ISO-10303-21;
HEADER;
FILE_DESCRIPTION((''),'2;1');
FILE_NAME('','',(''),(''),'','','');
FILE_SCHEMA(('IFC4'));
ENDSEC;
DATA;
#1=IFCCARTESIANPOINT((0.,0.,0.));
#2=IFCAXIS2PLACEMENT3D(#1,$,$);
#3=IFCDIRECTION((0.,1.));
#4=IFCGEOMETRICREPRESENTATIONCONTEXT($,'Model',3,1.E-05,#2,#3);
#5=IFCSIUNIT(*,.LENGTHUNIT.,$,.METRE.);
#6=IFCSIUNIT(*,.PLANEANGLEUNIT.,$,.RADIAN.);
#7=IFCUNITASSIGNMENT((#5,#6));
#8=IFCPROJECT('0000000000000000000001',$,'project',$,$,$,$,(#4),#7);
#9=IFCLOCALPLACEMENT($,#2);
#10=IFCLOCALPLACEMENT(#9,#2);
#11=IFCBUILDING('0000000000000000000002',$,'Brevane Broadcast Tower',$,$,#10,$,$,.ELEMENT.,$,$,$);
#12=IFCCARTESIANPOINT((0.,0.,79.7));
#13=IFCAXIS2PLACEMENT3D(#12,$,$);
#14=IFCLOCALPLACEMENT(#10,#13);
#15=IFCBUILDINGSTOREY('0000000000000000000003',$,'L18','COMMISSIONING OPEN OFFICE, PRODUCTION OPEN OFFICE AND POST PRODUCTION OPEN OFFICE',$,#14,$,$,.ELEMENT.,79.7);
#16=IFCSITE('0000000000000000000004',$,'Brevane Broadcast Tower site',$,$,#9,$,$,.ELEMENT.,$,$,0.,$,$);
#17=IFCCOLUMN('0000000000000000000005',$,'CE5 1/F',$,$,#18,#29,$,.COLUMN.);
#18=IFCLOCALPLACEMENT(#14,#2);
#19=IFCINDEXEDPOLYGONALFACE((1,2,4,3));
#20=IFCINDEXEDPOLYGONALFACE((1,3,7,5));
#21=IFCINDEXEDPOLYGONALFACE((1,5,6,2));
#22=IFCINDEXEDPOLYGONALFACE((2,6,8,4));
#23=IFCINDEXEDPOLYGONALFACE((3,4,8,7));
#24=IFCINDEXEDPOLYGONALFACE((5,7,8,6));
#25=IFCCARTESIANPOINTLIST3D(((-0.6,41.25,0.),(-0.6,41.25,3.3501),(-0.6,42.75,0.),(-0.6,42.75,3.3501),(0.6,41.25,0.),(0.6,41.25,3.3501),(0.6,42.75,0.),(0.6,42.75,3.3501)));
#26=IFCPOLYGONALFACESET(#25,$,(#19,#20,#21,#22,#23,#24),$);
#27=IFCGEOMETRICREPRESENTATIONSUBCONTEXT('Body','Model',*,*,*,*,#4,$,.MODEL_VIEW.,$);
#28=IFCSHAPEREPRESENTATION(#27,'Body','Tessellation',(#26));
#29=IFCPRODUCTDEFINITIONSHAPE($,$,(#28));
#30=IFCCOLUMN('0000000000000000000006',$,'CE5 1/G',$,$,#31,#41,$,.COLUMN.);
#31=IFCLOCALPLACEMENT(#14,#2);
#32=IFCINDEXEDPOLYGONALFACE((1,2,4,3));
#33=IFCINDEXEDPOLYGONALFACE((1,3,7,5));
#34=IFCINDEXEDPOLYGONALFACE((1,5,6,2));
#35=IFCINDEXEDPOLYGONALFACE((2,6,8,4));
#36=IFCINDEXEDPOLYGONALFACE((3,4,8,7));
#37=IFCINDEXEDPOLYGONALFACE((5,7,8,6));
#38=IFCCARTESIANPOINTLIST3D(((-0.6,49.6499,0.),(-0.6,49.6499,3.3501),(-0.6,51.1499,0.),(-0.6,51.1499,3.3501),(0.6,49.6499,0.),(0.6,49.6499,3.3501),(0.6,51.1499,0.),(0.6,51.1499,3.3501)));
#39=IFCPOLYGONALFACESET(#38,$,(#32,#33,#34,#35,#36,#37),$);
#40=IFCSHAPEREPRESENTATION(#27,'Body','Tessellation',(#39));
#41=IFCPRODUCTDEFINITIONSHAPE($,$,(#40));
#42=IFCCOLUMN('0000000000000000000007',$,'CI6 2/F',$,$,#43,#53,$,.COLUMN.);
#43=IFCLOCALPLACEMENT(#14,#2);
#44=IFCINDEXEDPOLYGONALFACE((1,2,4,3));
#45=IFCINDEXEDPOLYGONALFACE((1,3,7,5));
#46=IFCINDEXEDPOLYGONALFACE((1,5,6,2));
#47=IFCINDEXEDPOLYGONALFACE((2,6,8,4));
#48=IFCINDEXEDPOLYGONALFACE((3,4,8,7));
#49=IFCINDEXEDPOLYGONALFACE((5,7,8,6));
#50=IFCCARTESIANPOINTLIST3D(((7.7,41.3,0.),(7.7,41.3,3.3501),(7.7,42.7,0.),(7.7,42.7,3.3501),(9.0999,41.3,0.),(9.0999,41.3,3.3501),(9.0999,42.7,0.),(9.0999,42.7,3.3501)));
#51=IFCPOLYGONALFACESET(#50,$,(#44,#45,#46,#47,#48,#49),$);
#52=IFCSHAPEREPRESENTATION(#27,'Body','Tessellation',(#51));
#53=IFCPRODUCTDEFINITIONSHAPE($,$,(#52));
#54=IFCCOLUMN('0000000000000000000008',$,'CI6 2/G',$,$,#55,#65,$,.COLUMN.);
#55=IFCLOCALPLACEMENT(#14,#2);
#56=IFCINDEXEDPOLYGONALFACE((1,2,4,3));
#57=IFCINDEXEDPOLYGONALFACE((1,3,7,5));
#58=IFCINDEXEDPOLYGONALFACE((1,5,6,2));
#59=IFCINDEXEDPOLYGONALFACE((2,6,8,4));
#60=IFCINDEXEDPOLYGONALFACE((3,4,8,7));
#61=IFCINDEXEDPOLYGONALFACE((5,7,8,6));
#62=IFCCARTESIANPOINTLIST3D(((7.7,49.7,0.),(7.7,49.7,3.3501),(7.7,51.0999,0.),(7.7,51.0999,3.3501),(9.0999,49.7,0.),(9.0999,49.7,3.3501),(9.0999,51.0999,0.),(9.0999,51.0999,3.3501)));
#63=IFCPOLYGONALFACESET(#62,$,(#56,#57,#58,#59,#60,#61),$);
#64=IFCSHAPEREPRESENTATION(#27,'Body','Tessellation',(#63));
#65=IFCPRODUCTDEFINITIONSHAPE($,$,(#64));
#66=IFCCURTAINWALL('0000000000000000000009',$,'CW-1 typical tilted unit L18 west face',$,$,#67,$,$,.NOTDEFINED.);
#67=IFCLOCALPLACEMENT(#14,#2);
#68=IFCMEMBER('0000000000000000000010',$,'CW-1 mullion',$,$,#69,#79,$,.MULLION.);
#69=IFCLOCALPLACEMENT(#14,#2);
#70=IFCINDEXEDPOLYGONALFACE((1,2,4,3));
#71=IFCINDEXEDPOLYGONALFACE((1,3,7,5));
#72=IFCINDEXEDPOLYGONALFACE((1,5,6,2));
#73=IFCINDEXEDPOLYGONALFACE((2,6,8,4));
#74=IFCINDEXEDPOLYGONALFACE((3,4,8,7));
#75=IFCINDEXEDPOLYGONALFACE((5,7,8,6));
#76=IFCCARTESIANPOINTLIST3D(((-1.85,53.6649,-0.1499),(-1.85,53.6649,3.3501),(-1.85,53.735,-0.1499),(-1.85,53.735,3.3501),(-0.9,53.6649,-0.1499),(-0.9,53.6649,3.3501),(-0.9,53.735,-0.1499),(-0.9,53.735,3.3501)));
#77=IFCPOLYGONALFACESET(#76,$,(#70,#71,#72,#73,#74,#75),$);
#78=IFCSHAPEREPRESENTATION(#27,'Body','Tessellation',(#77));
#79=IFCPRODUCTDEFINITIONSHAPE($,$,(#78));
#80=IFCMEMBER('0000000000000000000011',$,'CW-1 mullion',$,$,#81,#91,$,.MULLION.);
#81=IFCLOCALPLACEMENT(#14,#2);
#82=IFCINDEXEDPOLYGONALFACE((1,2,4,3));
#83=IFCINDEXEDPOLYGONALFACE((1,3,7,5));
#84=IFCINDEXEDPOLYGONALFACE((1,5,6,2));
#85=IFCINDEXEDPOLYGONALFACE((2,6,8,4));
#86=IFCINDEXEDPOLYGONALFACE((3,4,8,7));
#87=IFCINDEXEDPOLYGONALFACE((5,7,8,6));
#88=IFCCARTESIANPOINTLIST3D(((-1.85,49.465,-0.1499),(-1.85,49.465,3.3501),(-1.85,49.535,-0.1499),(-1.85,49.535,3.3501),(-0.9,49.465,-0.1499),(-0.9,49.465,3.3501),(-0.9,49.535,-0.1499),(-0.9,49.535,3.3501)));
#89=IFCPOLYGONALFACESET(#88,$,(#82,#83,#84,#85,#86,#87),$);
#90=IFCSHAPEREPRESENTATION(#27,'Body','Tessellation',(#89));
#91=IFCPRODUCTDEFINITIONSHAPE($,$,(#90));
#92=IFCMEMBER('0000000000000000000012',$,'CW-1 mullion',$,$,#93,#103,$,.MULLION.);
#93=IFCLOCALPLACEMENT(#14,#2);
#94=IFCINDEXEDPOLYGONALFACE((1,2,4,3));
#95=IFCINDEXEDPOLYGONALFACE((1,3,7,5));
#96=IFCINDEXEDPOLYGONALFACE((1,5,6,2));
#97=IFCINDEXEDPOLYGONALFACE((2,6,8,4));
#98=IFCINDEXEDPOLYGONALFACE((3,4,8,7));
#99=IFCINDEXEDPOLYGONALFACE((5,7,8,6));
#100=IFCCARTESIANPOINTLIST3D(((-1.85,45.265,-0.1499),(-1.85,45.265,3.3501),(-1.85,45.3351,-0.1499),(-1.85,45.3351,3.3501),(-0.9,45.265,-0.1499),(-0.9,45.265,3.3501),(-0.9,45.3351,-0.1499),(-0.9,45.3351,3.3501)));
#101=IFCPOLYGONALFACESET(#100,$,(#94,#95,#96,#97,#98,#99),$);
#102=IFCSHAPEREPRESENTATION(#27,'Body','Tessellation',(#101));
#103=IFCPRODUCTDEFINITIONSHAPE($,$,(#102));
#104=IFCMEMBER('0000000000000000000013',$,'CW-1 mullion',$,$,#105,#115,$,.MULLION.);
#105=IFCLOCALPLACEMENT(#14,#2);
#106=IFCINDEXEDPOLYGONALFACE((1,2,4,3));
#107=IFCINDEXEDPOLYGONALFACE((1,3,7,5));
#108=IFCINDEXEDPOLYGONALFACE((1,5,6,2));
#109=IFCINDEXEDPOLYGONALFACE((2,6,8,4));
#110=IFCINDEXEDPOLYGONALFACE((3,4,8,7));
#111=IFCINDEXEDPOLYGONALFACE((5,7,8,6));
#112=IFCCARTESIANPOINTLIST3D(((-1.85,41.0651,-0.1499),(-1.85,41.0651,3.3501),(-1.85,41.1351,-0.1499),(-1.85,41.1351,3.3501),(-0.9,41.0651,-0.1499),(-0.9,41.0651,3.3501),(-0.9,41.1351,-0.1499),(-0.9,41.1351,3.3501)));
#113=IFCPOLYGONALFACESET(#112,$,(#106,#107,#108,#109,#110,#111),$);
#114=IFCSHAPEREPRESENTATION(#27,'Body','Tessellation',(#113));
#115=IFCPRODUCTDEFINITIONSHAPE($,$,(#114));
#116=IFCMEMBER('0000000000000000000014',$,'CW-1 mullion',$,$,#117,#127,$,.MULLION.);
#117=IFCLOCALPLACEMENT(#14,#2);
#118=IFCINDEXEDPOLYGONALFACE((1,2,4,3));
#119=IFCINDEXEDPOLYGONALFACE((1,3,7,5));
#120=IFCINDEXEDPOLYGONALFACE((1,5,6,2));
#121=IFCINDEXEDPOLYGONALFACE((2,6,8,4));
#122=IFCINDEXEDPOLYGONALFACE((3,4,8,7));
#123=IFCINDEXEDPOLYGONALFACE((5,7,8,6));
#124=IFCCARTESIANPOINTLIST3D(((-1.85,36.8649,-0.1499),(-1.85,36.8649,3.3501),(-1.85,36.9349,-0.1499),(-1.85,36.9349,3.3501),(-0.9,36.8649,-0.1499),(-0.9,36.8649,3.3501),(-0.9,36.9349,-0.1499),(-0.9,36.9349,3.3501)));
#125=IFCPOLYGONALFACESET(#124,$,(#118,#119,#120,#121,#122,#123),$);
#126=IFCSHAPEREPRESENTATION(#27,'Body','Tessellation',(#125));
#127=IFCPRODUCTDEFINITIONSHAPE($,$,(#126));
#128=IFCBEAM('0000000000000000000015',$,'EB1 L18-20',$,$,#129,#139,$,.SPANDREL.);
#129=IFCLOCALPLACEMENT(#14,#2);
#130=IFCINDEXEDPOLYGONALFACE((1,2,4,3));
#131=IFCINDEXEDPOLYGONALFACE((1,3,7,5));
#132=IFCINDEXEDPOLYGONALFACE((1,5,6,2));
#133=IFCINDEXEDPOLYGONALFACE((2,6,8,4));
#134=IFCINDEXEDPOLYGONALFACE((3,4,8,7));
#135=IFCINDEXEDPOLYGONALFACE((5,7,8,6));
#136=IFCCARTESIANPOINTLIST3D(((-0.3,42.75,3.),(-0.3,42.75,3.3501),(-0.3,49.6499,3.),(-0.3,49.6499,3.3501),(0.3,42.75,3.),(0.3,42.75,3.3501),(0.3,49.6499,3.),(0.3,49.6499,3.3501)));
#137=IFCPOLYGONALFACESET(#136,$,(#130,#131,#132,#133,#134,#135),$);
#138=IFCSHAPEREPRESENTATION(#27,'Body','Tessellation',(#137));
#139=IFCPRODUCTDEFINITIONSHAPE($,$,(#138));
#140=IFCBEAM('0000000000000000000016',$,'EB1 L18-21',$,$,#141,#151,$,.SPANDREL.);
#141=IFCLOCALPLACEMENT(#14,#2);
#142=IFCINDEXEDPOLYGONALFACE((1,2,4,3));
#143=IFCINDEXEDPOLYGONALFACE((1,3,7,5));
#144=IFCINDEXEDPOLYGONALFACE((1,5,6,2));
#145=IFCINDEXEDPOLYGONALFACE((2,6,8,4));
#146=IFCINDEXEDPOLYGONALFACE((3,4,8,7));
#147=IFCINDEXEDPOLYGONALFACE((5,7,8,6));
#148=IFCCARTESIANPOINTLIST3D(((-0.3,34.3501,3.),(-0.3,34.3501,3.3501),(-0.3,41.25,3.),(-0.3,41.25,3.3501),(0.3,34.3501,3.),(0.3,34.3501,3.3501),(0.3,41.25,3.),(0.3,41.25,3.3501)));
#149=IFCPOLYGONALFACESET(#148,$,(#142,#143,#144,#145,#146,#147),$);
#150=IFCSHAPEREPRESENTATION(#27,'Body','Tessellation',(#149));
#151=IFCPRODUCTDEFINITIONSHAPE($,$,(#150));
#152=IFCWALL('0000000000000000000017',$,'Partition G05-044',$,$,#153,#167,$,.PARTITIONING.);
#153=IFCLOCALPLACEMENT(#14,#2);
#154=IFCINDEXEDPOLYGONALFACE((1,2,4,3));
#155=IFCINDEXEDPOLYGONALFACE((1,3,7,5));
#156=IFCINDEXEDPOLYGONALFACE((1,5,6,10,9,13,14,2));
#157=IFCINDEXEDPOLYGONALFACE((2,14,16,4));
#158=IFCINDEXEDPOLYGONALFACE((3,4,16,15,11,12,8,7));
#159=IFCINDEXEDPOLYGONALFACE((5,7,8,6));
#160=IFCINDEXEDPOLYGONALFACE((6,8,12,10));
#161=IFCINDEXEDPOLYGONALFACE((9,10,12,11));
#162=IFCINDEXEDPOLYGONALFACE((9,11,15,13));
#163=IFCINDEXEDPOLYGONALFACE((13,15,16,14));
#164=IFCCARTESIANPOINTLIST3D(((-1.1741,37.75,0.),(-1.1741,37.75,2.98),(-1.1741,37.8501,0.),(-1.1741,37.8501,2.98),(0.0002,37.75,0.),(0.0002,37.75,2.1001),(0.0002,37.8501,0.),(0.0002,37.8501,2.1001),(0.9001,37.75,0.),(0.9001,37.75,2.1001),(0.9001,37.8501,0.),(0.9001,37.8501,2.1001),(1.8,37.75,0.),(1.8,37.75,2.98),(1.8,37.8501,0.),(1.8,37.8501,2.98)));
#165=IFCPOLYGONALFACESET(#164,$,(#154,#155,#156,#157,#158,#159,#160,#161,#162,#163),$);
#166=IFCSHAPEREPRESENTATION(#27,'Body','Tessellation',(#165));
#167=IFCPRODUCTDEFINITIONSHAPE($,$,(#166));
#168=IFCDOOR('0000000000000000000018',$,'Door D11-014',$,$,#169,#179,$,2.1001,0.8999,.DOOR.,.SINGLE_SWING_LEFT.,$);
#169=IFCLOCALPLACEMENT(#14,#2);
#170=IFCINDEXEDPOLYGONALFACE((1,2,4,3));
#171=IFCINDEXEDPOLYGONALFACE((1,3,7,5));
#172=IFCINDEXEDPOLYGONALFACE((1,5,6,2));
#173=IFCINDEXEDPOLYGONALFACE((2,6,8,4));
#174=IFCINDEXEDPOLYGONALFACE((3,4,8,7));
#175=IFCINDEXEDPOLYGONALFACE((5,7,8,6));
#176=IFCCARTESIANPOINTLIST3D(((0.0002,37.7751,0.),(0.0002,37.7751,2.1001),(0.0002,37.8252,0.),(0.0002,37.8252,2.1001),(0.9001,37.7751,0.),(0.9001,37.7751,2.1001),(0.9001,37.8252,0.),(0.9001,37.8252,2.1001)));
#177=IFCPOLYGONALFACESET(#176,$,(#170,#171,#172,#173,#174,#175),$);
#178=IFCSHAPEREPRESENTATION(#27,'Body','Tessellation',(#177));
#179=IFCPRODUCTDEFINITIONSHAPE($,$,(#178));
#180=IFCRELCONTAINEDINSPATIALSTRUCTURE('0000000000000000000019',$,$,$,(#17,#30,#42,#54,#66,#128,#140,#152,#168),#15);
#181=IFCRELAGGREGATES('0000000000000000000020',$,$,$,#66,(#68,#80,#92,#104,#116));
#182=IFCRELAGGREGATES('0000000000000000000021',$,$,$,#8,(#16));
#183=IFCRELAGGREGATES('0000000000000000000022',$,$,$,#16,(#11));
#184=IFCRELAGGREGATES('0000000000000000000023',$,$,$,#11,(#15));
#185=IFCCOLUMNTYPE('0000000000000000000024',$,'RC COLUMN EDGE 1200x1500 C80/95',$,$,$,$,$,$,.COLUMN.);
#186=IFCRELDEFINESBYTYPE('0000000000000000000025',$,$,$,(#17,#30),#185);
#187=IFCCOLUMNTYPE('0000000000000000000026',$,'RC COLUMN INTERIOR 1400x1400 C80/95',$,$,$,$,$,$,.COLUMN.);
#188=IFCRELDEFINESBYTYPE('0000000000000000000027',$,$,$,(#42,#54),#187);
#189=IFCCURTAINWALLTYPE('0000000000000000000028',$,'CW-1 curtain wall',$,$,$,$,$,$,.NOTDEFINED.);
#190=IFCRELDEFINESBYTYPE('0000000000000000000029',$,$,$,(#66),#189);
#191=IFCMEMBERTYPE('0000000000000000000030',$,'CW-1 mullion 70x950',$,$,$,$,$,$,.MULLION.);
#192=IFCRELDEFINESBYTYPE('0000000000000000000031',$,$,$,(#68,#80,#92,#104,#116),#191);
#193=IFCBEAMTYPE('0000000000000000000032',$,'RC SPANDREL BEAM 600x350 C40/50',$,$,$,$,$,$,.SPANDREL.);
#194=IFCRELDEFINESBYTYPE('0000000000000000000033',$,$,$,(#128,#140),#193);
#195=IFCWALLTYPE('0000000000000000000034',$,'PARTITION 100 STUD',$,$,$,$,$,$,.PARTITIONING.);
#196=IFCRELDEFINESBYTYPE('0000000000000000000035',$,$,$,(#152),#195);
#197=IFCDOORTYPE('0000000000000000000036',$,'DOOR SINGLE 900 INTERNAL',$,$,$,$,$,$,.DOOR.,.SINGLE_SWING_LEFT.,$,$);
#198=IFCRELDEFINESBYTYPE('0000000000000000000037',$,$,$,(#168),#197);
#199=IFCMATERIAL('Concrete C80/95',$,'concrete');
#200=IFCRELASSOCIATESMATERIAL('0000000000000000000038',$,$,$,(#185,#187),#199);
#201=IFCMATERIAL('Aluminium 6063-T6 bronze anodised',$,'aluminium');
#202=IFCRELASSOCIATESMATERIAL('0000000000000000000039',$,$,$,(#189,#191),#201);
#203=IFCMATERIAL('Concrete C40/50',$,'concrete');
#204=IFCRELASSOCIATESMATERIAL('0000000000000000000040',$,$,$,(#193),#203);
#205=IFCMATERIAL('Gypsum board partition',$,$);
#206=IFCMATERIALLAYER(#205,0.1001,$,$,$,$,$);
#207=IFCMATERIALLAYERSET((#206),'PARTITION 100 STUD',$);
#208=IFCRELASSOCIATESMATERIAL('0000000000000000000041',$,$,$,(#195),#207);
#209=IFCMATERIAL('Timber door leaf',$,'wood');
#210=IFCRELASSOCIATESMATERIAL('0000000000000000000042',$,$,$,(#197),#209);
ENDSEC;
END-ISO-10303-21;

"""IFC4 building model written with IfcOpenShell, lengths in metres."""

from ifc_helpers import new_model, si_unit, direction, frame, frame_2d, origin, origin_2d, place, context, subcontext, project, spatial, rectangle, extrude, material, layer, layer_set, material_profile, profile_set, type_object, element, fill, aggregate, save


model = new_model("IFC4")

# Units and contexts
model_context = context("Model", 3, precision=1e-05, world=origin(), true_north=direction((0.0, 1.0)))
body_context = subcontext(model_context, "Body", "Model", "MODEL_VIEW")
ifc_project = project(units=[si_unit("LENGTHUNIT", "METRE"), si_unit("PLANEANGLEUNIT", "RADIAN")], contexts=[model_context])

# Site, building, storey
site_placement = place(None, origin())
site = spatial("IfcSite", under=ifc_project, at=site_placement, Name="Brevane Broadcast Tower site", CompositionType="ELEMENT", RefElevation=0.0)
building_placement = place(site_placement, origin())
building = spatial("IfcBuilding", under=site, at=building_placement, Name="Brevane Broadcast Tower", CompositionType="ELEMENT")
storey_placement = place(building_placement, frame((0.0, 0.0, 79.7)))
storey = spatial("IfcBuildingStorey", under=building, at=storey_placement, Name="L18", Description="COMMISSIONING OPEN OFFICE, PRODUCTION OPEN OFFICE AND POST PRODUCTION OPEN OFFICE", CompositionType="ELEMENT", Elevation=79.7)

# Columns
ifc_material_1 = material(Name="Concrete C80/95", Category="concrete")
ifc_material_profile_1 = material_profile(ifc_material_1, rectangle(XDim=1.2, YDim=1.5, at=origin_2d()), Name="RC 1200x1500")
ifc_profile_set_1 = profile_set([ifc_material_profile_1], Name="Concrete C80/95")
column_type_1 = type_object("IfcColumnType", Name="RC COLUMN EDGE 1200x1500 C80/95", PredefinedType="COLUMN", material=ifc_profile_set_1)
for number, where, z_axis, x_axis, name in (
    (1, (0.0, 42.0, 0.0), (0.0, 0.0, 1.0), (1.0, 0.0, 0.0), "CE5 1/F"),
    (2, (0.0, 50.3999, 0.0), (0.0, 0.0, 1.0), (1.0, 0.0, 0.0), "CE5 1/G"),
):
    element("IfcColumn", number, at=place(storey_placement, frame(where, z_axis=z_axis, x_axis=x_axis)), inside=storey, type_object=column_type_1, Name=name, PredefinedType="COLUMN", context=body_context, shape_type="SweptSolid", body=[
        extrude(rectangle(XDim=1.2, YDim=1.5, at=origin_2d()), origin(), (0.0, 0.0, 1.0), 3.3501),
    ])
ifc_material_profile_2 = material_profile(ifc_material_1, rectangle(XDim=1.3999, YDim=1.3999, at=origin_2d()), Name="RC 1400x1400")
ifc_profile_set_2 = profile_set([ifc_material_profile_2], Name="Concrete C80/95")
column_type_2 = type_object("IfcColumnType", Name="RC COLUMN INTERIOR 1400x1400 C80/95", PredefinedType="COLUMN", material=ifc_profile_set_2)
for number, where, z_axis, x_axis, name in (
    (3, (8.3999, 42.0, 0.0), (0.0, 0.0, 1.0), (1.0, 0.0, 0.0), "CI6 2/F"),
    (4, (8.3999, 50.3999, 0.0), (0.0, 0.0, 1.0), (1.0, 0.0, 0.0), "CI6 2/G"),
):
    element("IfcColumn", number, at=place(storey_placement, frame(where, z_axis=z_axis, x_axis=x_axis)), inside=storey, type_object=column_type_2, Name=name, PredefinedType="COLUMN", context=body_context, shape_type="SweptSolid", body=[
        extrude(rectangle(XDim=1.3999, YDim=1.3999, at=origin_2d()), origin(), (0.0, 0.0, 1.0), 3.3501),
    ])

# Curtain wall, members
ifc_material_2 = material(Name="Aluminium 6063-T6 bronze anodised", Category="aluminium")
curtain_wall_type = type_object("IfcCurtainWallType", Name="CW-1 curtain wall", PredefinedType="NOTDEFINED", material=ifc_material_2)
curtain_wall_placement = place(storey_placement, origin())
curtain_wall = element("IfcCurtainWall", 5, at=curtain_wall_placement, inside=storey, type_object=curtain_wall_type, Name="CW-1 typical tilted unit L18 west face", PredefinedType="NOTDEFINED")
ifc_material_profile_3 = material_profile(ifc_material_2, rectangle(XDim=0.95, YDim=0.0701, at=origin_2d()), Name="RECT 70x950")
ifc_profile_set_3 = profile_set([ifc_material_profile_3], Name="Aluminium 6063-T6 bronze anodised")
member_type = type_object("IfcMemberType", Name="CW-1 mullion 70x950", PredefinedType="MULLION", material=ifc_profile_set_3)
member_1_placement = place(storey_placement, frame((-1.375, 53.7, -0.1499), z_axis=(0.0, 0.0, 1.0), x_axis=(1.0, 0.0, 0.0)))
member_1 = element("IfcMember", 6, at=member_1_placement, type_object=member_type, Name="CW-1 mullion", PredefinedType="MULLION", context=body_context, shape_type="SweptSolid", body=[
    extrude(rectangle(XDim=0.95, YDim=0.0701, at=origin_2d()), origin(), (0.0, 0.0, 1.0), 3.5),
])
member_2_placement = place(storey_placement, frame((-1.375, 49.5, -0.1499), z_axis=(0.0, 0.0, 1.0), x_axis=(1.0, 0.0, 0.0)))
member_2 = element("IfcMember", 7, at=member_2_placement, type_object=member_type, Name="CW-1 mullion", PredefinedType="MULLION", context=body_context, shape_type="SweptSolid", body=[
    extrude(rectangle(XDim=0.95, YDim=0.0701, at=origin_2d()), origin(), (0.0, 0.0, 1.0), 3.5),
])
member_3_placement = place(storey_placement, frame((-1.375, 45.3, -0.1499), z_axis=(0.0, 0.0, 1.0), x_axis=(1.0, 0.0, 0.0)))
member_3 = element("IfcMember", 8, at=member_3_placement, type_object=member_type, Name="CW-1 mullion", PredefinedType="MULLION", context=body_context, shape_type="SweptSolid", body=[
    extrude(rectangle(XDim=0.95, YDim=0.0701, at=origin_2d()), origin(), (0.0, 0.0, 1.0), 3.5),
])
member_4_placement = place(storey_placement, frame((-1.375, 41.1001, -0.1499), z_axis=(0.0, 0.0, 1.0), x_axis=(1.0, 0.0, 0.0)))
member_4 = element("IfcMember", 9, at=member_4_placement, type_object=member_type, Name="CW-1 mullion", PredefinedType="MULLION", context=body_context, shape_type="SweptSolid", body=[
    extrude(rectangle(XDim=0.95, YDim=0.0701, at=origin_2d()), origin(), (0.0, 0.0, 1.0), 3.5),
])
member_5_placement = place(storey_placement, frame((-1.375, 36.8999, -0.1499), z_axis=(0.0, 0.0, 1.0), x_axis=(1.0, 0.0, 0.0)))
member_5 = element("IfcMember", 10, at=member_5_placement, type_object=member_type, Name="CW-1 mullion", PredefinedType="MULLION", context=body_context, shape_type="SweptSolid", body=[
    extrude(rectangle(XDim=0.95, YDim=0.0701, at=origin_2d()), origin(), (0.0, 0.0, 1.0), 3.5),
])
aggregate(curtain_wall, [member_1, member_2, member_3, member_4, member_5])

# Beams
ifc_material_3 = material(Name="Concrete C40/50", Category="concrete")
ifc_material_profile_4 = material_profile(ifc_material_3, rectangle(XDim=0.6001, YDim=0.3501, at=origin_2d()), Name="RC 600x350")
ifc_profile_set_4 = profile_set([ifc_material_profile_4], Name="Concrete C40/50")
beam_type = type_object("IfcBeamType", Name="RC SPANDREL BEAM 600x350 C40/50", PredefinedType="SPANDREL", material=ifc_profile_set_4)
for number, where, z_axis, x_axis, name in (
    (11, (0.0, 49.6499, 3.175), (0.0, -1.0, 0.0), (1.0, 0.0, 0.0), "EB1 L18-20"),
    (12, (0.0, 41.25, 3.175), (0.0, -1.0, 0.0), (1.0, 0.0, 0.0), "EB1 L18-21"),
):
    element("IfcBeam", number, at=place(storey_placement, frame(where, z_axis=z_axis, x_axis=x_axis)), inside=storey, type_object=beam_type, Name=name, PredefinedType="SPANDREL", context=body_context, shape_type="SweptSolid", body=[
        extrude(rectangle(XDim=0.6001, YDim=0.3501, at=origin_2d()), origin(), (0.0, 0.0, 1.0), 6.8999),
    ])

# Wall, opening, door
ifc_material_4 = material(Name="Gypsum board partition")
ifc_layer_1 = layer(ifc_material_4, 0.1001)
ifc_layer_set_1 = layer_set([ifc_layer_1], Name="PARTITION 100 STUD")
wall_type_1 = type_object("IfcWallType", Name="PARTITION 100 STUD", PredefinedType="PARTITIONING", material=ifc_layer_set_1)
wall_1_placement = place(storey_placement, frame((1.8, 37.8, 0.0), z_axis=(0.0, 0.0, 1.0), x_axis=(-1.0, 0.0, 0.0)))
wall_1 = element("IfcWall", 13, at=wall_1_placement, inside=storey, type_object=wall_type_1, Name="Partition G05-044", PredefinedType="PARTITIONING", context=body_context, shape_type="SweptSolid", body=[
    extrude(rectangle(XDim=2.9741, YDim=0.1001, at=frame_2d((1.4871, 0.0))), origin(), (0.0, 0.0, 1.0), 2.98),
])
opening_1_placement = place(wall_1_placement, frame((0.8999, 0.0, 0.0)))
opening_1 = element("IfcOpeningElement", 14, at=opening_1_placement, cuts=wall_1, PredefinedType="OPENING", context=body_context, shape_type="SweptSolid", body=[
    extrude(rectangle(XDim=0.8999, YDim=2.1001, at=frame_2d((0.45, 1.05))), frame((0.0, 0.0601, 0.0), z_axis=(0.0, -1.0, 0.0), x_axis=(1.0, 0.0, 0.0)), (0.0, 0.0, 1.0), 0.1201),
])
ifc_material_5 = material(Name="Timber door leaf", Category="wood")
door_type_1 = type_object("IfcDoorType", Name="DOOR SINGLE 900 INTERNAL", OperationType="SINGLE_SWING_LEFT", PredefinedType="DOOR", material=ifc_material_5)
door_1_placement = place(opening_1_placement, origin())
door_1 = element("IfcDoor", 15, at=door_1_placement, inside=storey, type_object=door_type_1, Name="Door D11-014", OperationType="SINGLE_SWING_LEFT", OverallHeight=2.1001, OverallWidth=0.8999, PredefinedType="DOOR", context=body_context, shape_type="SweptSolid", body=[
    extrude(rectangle(XDim=0.8999, YDim=2.1001, at=frame_2d((0.45, 1.05))), frame((0.0, 0.0249, 0.0), z_axis=(0.0, -1.0, 0.0), x_axis=(1.0, 0.0, 0.0)), (0.0, 0.0, 1.0), 0.05),
])
fill(opening_1, door_1)

save(model, "model.ifc")
